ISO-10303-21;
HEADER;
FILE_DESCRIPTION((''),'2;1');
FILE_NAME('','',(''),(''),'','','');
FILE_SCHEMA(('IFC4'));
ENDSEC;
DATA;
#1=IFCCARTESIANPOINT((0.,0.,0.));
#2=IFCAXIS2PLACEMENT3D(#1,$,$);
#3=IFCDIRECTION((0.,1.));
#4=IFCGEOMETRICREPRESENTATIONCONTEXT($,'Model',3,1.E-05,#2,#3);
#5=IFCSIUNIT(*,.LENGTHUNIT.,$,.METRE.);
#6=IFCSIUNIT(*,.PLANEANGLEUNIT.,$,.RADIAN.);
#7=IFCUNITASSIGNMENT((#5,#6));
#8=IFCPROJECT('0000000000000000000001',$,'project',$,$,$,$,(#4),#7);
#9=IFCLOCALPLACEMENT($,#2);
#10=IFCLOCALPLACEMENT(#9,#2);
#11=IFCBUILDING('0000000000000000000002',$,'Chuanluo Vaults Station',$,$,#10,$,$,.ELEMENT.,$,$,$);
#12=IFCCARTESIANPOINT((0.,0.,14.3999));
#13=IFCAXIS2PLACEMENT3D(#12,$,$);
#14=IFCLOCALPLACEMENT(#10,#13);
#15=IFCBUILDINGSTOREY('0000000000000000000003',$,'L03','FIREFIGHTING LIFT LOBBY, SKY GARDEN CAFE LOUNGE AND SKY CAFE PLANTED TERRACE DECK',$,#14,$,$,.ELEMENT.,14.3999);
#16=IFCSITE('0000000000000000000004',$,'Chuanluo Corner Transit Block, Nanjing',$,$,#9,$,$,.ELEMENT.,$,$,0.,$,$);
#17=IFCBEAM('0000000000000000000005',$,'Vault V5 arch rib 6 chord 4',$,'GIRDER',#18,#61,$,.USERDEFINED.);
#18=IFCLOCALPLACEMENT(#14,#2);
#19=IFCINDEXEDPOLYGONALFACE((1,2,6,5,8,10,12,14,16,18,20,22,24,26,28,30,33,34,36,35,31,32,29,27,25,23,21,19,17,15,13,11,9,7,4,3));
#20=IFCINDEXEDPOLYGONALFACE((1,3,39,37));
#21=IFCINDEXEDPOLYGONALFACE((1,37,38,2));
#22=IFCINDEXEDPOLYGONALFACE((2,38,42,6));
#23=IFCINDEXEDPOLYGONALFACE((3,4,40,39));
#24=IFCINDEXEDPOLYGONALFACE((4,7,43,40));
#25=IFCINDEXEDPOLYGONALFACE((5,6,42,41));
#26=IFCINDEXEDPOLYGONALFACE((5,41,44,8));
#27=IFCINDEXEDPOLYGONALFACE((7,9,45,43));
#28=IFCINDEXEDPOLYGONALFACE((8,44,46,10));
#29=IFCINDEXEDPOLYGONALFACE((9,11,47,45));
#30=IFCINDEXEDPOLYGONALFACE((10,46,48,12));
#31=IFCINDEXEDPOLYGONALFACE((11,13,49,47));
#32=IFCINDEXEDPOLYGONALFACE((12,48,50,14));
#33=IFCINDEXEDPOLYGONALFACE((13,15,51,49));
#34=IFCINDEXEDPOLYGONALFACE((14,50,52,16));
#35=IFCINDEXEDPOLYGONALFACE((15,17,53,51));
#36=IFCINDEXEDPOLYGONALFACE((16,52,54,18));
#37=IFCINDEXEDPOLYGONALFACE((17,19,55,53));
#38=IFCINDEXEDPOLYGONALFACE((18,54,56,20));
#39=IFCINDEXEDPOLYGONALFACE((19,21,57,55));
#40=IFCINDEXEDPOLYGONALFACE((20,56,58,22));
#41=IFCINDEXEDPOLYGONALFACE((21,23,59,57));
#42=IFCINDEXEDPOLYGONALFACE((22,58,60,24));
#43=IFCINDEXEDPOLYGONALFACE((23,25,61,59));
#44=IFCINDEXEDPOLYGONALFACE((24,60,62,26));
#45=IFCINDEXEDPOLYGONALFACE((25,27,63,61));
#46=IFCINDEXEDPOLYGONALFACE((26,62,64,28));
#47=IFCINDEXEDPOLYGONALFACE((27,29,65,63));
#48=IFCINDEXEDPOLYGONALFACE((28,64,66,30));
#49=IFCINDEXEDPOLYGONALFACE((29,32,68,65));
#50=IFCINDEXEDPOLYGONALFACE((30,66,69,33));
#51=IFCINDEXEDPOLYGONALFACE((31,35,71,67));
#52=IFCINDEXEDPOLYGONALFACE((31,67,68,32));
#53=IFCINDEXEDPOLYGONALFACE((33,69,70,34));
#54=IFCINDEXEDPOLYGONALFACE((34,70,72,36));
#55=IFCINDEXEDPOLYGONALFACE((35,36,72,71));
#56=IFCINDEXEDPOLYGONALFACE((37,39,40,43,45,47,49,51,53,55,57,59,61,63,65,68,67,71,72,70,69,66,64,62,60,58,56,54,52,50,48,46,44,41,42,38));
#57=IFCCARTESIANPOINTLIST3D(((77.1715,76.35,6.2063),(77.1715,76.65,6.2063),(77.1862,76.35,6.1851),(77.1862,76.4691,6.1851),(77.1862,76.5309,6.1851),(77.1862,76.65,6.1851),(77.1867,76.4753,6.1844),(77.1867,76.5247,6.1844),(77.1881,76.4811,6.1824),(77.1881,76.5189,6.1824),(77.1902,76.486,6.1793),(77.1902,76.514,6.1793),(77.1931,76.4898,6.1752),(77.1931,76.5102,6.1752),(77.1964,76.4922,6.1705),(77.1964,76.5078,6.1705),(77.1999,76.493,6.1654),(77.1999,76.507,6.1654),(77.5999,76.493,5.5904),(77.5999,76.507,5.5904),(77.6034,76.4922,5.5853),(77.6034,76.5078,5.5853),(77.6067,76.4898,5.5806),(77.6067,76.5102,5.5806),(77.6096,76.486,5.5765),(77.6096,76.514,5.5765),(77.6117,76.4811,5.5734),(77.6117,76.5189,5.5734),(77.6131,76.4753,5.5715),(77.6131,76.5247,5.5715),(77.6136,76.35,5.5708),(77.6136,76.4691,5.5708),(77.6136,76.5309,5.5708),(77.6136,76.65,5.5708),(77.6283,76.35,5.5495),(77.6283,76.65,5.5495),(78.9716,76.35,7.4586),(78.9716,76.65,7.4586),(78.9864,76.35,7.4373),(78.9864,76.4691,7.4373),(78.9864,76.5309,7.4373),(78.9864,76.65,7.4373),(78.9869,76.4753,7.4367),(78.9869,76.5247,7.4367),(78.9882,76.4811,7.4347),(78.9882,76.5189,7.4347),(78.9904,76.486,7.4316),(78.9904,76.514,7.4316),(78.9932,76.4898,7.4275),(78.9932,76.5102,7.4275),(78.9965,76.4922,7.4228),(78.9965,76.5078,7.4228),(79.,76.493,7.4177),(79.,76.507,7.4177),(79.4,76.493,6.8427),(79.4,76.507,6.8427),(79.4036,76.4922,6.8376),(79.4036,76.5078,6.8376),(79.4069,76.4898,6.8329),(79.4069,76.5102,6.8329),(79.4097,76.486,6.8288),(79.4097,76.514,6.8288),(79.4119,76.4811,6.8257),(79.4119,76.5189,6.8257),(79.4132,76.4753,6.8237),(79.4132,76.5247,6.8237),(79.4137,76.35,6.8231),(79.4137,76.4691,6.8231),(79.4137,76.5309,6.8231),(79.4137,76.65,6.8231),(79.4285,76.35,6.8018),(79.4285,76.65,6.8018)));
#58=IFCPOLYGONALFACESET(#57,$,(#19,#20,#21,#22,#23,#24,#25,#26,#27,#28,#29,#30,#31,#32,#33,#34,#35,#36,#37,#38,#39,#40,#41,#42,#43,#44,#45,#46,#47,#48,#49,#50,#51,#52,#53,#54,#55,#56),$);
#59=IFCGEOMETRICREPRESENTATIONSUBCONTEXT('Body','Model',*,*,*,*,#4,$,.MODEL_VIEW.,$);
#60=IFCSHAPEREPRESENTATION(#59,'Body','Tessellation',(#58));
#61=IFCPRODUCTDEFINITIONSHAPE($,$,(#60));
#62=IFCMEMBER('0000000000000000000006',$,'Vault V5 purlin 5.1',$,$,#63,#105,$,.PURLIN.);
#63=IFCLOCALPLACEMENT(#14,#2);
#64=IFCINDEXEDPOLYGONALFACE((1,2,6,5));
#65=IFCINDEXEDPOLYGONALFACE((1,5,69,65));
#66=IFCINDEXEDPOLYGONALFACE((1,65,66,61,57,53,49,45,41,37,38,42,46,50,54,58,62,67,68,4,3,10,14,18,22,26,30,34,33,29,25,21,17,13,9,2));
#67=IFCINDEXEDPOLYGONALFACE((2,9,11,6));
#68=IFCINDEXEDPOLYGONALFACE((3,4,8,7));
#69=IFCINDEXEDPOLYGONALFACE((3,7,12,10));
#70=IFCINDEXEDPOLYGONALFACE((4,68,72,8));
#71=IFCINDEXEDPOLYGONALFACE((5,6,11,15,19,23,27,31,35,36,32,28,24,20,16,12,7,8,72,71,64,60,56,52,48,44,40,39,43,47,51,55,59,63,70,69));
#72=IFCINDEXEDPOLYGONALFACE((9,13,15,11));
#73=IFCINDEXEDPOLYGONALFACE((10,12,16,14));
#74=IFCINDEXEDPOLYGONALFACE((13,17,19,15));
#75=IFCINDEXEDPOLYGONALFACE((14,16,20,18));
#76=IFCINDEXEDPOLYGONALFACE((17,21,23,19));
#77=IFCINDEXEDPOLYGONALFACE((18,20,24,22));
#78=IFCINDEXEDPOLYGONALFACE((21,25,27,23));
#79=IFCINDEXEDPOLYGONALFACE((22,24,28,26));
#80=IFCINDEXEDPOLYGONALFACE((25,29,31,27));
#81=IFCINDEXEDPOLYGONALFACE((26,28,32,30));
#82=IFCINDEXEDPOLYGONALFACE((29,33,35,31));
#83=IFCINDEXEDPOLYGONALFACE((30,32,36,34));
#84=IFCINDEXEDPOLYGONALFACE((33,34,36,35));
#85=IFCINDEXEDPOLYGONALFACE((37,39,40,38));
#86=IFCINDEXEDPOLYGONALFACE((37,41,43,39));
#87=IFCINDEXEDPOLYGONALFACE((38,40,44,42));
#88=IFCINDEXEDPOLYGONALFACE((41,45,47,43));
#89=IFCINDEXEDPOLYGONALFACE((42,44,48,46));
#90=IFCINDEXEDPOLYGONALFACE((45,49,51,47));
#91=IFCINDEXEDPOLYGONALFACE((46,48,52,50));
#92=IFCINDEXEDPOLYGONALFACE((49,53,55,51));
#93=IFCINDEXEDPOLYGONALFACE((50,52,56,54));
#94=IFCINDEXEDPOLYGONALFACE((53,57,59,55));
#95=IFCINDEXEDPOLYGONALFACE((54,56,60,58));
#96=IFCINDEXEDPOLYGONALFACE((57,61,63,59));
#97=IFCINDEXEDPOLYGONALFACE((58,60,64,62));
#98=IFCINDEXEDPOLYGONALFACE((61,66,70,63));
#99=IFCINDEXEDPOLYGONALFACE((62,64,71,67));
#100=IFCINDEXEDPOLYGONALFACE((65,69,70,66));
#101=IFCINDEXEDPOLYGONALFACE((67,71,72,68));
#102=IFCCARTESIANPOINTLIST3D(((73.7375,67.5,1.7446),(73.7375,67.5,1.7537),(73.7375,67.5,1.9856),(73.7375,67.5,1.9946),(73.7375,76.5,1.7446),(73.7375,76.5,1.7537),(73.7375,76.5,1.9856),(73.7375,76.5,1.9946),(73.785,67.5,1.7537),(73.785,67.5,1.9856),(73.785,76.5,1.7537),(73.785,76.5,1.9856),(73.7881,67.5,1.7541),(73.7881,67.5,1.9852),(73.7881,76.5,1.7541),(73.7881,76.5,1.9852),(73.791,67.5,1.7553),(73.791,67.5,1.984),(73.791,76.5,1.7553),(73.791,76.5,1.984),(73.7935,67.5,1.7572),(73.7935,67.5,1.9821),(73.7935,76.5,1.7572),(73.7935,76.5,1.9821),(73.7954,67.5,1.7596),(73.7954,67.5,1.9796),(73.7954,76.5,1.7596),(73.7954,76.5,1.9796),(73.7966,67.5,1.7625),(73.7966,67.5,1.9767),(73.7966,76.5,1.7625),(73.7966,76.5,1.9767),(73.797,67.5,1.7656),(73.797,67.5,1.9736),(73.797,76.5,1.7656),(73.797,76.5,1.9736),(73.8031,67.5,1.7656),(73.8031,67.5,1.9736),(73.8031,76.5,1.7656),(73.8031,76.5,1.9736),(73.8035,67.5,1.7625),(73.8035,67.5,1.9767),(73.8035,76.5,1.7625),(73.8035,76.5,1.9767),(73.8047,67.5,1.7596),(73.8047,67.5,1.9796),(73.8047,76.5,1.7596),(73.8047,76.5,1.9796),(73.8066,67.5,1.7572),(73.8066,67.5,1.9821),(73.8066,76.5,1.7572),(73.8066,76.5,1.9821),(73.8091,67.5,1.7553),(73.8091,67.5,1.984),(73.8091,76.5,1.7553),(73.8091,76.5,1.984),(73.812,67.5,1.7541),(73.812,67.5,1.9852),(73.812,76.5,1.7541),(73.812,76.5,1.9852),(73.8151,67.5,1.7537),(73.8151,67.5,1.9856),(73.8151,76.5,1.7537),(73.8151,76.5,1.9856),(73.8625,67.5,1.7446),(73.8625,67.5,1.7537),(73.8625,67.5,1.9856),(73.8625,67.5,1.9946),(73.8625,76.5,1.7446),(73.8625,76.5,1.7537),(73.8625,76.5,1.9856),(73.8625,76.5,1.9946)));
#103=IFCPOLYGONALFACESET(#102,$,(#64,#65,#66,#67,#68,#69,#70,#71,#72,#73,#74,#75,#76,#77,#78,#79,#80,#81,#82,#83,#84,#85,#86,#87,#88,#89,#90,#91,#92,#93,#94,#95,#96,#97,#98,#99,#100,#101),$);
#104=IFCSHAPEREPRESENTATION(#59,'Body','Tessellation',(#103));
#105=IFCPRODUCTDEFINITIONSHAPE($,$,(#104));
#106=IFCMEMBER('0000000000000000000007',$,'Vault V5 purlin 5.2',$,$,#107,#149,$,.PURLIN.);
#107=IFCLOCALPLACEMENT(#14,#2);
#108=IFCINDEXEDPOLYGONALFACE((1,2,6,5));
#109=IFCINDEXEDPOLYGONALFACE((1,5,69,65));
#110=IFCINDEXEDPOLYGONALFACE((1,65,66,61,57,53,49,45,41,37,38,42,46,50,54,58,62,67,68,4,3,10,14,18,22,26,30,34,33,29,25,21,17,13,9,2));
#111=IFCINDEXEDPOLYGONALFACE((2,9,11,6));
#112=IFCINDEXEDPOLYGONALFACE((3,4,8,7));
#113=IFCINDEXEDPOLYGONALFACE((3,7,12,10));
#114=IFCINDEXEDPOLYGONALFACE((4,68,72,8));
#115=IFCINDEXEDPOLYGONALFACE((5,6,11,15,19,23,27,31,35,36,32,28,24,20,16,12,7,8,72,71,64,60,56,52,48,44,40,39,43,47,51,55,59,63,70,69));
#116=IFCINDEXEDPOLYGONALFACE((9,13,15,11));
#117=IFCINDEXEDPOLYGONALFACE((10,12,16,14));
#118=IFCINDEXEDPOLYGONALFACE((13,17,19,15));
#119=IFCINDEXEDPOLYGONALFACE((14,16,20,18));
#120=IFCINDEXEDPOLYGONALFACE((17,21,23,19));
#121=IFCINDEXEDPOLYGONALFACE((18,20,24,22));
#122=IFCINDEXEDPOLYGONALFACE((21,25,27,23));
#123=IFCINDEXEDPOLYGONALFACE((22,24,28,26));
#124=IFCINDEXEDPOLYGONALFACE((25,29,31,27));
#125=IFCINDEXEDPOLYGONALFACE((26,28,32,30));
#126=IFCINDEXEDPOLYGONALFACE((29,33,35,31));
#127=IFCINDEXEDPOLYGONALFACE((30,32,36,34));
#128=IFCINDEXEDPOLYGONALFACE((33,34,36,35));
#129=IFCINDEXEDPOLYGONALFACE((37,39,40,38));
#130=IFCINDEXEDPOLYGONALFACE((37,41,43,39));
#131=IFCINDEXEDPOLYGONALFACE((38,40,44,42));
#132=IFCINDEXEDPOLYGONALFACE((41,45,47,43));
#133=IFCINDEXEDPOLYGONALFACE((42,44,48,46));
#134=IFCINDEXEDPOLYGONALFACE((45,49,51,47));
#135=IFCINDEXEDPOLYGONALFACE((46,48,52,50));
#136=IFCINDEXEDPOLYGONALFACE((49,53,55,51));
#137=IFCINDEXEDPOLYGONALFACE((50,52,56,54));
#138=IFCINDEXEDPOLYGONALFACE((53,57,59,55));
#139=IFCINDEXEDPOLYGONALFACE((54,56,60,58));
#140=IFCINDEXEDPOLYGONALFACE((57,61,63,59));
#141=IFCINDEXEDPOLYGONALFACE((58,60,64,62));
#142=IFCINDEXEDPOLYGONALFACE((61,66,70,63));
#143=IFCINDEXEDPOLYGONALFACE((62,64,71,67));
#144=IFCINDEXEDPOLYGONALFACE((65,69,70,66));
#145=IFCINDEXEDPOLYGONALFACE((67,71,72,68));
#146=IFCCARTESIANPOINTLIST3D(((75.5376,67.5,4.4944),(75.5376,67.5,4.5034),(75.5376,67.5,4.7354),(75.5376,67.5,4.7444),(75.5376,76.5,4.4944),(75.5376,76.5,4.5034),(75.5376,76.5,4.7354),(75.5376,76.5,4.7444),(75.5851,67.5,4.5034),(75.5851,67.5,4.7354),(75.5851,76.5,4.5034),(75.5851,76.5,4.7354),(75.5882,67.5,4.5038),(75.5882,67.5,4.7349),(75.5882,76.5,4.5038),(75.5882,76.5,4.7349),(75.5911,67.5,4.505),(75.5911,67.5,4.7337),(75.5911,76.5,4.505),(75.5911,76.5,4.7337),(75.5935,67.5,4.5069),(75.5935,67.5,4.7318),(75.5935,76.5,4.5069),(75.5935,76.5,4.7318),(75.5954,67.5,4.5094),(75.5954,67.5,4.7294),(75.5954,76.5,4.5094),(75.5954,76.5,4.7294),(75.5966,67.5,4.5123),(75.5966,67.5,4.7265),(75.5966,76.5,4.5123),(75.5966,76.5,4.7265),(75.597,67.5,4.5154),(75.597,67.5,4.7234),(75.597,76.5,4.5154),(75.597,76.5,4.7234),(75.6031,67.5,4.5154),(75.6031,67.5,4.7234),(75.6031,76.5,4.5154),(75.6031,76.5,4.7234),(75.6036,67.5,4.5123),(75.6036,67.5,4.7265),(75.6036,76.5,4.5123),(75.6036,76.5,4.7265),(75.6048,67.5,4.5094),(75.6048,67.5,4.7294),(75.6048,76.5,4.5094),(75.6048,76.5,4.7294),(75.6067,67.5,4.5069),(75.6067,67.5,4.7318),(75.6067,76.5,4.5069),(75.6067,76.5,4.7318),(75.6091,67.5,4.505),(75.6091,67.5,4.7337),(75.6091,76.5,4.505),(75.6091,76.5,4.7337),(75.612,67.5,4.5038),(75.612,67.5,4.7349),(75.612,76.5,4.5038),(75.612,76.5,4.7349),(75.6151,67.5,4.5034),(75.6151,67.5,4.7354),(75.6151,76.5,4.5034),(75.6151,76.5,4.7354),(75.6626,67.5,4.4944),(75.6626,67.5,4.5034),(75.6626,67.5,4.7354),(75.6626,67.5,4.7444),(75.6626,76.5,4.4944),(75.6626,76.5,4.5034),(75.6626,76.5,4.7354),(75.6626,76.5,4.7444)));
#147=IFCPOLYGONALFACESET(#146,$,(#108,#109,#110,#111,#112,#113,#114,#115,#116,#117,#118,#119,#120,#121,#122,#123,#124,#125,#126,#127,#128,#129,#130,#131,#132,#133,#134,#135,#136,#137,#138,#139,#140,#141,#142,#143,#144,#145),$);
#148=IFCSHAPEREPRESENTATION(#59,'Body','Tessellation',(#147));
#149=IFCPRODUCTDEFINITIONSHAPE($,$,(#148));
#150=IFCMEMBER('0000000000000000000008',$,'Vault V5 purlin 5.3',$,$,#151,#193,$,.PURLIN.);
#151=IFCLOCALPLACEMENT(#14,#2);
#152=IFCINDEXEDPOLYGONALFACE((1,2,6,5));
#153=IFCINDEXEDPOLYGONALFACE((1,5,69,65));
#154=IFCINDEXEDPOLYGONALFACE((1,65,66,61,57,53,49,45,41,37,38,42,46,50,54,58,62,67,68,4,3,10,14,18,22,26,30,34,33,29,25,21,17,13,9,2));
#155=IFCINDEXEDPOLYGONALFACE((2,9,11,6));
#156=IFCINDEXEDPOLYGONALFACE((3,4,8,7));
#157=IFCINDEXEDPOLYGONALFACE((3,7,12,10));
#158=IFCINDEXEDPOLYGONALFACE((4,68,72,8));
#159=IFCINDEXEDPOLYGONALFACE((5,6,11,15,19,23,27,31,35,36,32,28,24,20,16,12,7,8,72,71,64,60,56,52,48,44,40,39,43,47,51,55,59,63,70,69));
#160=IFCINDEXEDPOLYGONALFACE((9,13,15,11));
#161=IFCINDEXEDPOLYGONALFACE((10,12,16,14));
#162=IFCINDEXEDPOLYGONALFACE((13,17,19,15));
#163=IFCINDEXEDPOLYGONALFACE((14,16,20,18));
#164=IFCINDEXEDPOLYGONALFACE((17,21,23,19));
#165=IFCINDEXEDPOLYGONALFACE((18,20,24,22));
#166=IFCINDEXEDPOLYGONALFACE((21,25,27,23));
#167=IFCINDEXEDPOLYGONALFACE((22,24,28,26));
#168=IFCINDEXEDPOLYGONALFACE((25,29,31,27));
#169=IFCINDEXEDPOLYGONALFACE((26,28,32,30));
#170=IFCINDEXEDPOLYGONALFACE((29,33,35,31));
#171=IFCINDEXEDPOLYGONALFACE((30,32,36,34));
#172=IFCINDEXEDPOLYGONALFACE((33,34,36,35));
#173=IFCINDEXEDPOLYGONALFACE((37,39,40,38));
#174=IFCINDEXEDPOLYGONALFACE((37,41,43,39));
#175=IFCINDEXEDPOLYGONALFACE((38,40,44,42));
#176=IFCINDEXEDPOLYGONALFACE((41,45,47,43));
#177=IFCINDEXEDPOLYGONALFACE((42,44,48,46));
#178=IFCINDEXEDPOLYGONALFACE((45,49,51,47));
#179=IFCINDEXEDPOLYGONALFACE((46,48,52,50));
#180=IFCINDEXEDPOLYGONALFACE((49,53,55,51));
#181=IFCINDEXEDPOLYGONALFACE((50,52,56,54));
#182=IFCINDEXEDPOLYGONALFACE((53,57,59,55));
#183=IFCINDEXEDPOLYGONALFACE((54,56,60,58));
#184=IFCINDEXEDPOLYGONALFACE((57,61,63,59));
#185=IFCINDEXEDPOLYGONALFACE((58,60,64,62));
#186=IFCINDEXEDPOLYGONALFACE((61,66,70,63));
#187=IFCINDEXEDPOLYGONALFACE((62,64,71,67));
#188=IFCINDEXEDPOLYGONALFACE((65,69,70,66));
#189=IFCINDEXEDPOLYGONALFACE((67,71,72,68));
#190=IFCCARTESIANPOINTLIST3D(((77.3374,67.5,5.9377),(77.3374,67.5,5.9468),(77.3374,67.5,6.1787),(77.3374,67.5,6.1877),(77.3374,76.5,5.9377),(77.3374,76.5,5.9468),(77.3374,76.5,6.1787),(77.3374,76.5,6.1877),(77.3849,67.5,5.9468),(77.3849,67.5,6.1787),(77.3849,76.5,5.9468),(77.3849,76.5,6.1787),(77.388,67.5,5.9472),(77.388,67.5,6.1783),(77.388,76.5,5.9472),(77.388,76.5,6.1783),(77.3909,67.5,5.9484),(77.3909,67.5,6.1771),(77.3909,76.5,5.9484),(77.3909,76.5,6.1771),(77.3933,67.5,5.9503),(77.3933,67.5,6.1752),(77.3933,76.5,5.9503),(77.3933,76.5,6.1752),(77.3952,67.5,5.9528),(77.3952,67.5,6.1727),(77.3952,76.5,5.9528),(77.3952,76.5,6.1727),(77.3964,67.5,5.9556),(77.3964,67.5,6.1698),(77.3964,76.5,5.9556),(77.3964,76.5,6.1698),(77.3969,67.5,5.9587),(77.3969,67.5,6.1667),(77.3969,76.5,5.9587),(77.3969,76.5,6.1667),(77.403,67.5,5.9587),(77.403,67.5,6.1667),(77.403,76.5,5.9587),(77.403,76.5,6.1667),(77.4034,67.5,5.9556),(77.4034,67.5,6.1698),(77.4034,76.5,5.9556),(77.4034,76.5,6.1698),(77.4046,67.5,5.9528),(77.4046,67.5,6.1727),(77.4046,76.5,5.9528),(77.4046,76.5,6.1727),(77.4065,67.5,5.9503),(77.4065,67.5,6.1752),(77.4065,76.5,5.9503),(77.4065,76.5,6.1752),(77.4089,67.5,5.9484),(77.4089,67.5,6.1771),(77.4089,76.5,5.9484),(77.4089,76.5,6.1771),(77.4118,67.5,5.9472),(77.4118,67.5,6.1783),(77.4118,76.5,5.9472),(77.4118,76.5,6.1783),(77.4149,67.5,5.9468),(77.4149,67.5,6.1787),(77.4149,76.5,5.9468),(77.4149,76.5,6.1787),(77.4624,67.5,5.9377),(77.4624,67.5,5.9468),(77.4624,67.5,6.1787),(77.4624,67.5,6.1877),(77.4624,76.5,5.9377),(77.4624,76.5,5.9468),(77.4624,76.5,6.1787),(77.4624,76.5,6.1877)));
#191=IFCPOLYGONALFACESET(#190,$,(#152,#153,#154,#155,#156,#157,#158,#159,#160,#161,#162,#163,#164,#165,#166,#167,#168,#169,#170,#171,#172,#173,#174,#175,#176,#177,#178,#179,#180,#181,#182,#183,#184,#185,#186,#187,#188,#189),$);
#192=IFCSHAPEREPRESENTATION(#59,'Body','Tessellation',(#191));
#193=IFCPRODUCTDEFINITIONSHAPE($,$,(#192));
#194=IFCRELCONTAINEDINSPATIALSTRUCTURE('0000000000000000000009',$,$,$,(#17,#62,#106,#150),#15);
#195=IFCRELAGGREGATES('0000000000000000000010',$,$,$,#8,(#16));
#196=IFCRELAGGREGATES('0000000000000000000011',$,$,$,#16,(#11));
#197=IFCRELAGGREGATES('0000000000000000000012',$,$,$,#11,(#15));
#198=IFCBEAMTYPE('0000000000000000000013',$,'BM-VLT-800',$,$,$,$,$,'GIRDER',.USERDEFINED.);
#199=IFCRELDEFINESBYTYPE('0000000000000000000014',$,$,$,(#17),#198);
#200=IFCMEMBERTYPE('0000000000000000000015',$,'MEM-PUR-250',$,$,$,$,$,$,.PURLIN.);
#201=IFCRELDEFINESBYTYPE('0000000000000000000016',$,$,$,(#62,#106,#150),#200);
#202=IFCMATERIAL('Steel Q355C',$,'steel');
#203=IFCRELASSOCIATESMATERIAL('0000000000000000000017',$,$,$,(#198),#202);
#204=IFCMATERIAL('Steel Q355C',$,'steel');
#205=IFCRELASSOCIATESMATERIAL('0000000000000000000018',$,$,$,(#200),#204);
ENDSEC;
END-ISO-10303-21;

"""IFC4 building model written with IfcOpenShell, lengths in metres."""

from ifc_helpers import new_model, si_unit, direction, frame, origin, origin_2d, place, context, subcontext, project, spatial, i_section, extrude, material, material_profile, profile_set, type_object, element, save


model = new_model("IFC4")

# Units and contexts
model_context = context("Model", 3, precision=1e-05, world=origin(), true_north=direction((0.0, 1.0)))
body_context = subcontext(model_context, "Body", "Model", "MODEL_VIEW")
ifc_project = project(units=[si_unit("LENGTHUNIT", "METRE"), si_unit("PLANEANGLEUNIT", "RADIAN")], contexts=[model_context])

# Site, building, storey
site_placement = place(None, origin())
site = spatial("IfcSite", under=ifc_project, at=site_placement, Name="Chuanluo Corner Transit Block, Nanjing", CompositionType="ELEMENT", RefElevation=0.0)
building_placement = place(site_placement, origin())
building = spatial("IfcBuilding", under=site, at=building_placement, Name="Chuanluo Vaults Station", CompositionType="ELEMENT")
storey_placement = place(building_placement, frame((0.0, 0.0, 14.3999)))
storey = spatial("IfcBuildingStorey", under=building, at=storey_placement, Name="L03", Description="FIREFIGHTING LIFT LOBBY, SKY GARDEN CAFE LOUNGE AND SKY CAFE PLANTED TERRACE DECK", CompositionType="ELEMENT", Elevation=14.3999)

# Beam
ifc_material_1 = material(Name="Steel Q355C", Category="steel")
ifc_material_profile_1 = material_profile(ifc_material_1, i_section(OverallWidth=0.3, OverallDepth=0.8, WebThickness=0.0139, FlangeThickness=0.0259, FilletRadius=0.0239, at=origin_2d()))
ifc_profile_set_1 = profile_set([ifc_material_profile_1], Name="Steel Q355C")
beam_type_1 = type_object("IfcBeamType", Name="BM-VLT-800", ElementType="GIRDER", PredefinedType="USERDEFINED", material=ifc_profile_set_1)
beam_1_placement = place(storey_placement, frame((77.3999, 76.5, 5.8779), z_axis=(0.820907, 0.0, 0.571061), x_axis=(0.0, 1.0, 0.0)))
element("IfcBeam", 1, at=beam_1_placement, inside=storey, type_object=beam_type_1, Name="Vault V5 arch rib 6 chord 4", ObjectType="GIRDER", PredefinedType="USERDEFINED", context=body_context, shape_type="SweptSolid", body=[
    extrude(i_section(OverallWidth=0.3, OverallDepth=0.8, WebThickness=0.0139, FlangeThickness=0.0259, FilletRadius=0.0239, at=origin_2d()), origin(), (0.0, 0.0, 1.0), 2.1929),
])

# Members
ifc_material_2 = material(Name="Steel Q355C", Category="steel")
ifc_material_profile_2 = material_profile(ifc_material_2, i_section(OverallWidth=0.125, OverallDepth=0.25, WebThickness=0.0061, FlangeThickness=0.009, FilletRadius=0.012, at=origin_2d()))
ifc_profile_set_2 = profile_set([ifc_material_profile_2], Name="Steel Q355C")
member_type_1 = type_object("IfcMemberType", Name="MEM-PUR-250", PredefinedType="PURLIN", material=ifc_profile_set_2)
for number, where, z_axis, x_axis, name in (
    (2, (73.8, 67.5, 1.8696), (0.0, 1.0, 0.0), (-1.0, 0.0, 0.0), "Vault V5 purlin 5.1"),
    (3, (75.6001, 67.5, 4.6194), (0.0, 1.0, 0.0), (-1.0, 0.0, 0.0), "Vault V5 purlin 5.2"),
    (4, (77.3999, 67.5, 6.0627), (0.0, 1.0, 0.0), (-1.0, 0.0, 0.0), "Vault V5 purlin 5.3"),
):
    element("IfcMember", number, at=place(storey_placement, frame(where, z_axis=z_axis, x_axis=x_axis)), inside=storey, type_object=member_type_1, Name=name, PredefinedType="PURLIN", context=body_context, shape_type="SweptSolid", body=[
        extrude(i_section(OverallWidth=0.125, OverallDepth=0.25, WebThickness=0.0061, FlangeThickness=0.009, FilletRadius=0.012, at=origin_2d()), origin(), (0.0, 0.0, 1.0), 9.0),
    ])

save(model, "model.ifc")
